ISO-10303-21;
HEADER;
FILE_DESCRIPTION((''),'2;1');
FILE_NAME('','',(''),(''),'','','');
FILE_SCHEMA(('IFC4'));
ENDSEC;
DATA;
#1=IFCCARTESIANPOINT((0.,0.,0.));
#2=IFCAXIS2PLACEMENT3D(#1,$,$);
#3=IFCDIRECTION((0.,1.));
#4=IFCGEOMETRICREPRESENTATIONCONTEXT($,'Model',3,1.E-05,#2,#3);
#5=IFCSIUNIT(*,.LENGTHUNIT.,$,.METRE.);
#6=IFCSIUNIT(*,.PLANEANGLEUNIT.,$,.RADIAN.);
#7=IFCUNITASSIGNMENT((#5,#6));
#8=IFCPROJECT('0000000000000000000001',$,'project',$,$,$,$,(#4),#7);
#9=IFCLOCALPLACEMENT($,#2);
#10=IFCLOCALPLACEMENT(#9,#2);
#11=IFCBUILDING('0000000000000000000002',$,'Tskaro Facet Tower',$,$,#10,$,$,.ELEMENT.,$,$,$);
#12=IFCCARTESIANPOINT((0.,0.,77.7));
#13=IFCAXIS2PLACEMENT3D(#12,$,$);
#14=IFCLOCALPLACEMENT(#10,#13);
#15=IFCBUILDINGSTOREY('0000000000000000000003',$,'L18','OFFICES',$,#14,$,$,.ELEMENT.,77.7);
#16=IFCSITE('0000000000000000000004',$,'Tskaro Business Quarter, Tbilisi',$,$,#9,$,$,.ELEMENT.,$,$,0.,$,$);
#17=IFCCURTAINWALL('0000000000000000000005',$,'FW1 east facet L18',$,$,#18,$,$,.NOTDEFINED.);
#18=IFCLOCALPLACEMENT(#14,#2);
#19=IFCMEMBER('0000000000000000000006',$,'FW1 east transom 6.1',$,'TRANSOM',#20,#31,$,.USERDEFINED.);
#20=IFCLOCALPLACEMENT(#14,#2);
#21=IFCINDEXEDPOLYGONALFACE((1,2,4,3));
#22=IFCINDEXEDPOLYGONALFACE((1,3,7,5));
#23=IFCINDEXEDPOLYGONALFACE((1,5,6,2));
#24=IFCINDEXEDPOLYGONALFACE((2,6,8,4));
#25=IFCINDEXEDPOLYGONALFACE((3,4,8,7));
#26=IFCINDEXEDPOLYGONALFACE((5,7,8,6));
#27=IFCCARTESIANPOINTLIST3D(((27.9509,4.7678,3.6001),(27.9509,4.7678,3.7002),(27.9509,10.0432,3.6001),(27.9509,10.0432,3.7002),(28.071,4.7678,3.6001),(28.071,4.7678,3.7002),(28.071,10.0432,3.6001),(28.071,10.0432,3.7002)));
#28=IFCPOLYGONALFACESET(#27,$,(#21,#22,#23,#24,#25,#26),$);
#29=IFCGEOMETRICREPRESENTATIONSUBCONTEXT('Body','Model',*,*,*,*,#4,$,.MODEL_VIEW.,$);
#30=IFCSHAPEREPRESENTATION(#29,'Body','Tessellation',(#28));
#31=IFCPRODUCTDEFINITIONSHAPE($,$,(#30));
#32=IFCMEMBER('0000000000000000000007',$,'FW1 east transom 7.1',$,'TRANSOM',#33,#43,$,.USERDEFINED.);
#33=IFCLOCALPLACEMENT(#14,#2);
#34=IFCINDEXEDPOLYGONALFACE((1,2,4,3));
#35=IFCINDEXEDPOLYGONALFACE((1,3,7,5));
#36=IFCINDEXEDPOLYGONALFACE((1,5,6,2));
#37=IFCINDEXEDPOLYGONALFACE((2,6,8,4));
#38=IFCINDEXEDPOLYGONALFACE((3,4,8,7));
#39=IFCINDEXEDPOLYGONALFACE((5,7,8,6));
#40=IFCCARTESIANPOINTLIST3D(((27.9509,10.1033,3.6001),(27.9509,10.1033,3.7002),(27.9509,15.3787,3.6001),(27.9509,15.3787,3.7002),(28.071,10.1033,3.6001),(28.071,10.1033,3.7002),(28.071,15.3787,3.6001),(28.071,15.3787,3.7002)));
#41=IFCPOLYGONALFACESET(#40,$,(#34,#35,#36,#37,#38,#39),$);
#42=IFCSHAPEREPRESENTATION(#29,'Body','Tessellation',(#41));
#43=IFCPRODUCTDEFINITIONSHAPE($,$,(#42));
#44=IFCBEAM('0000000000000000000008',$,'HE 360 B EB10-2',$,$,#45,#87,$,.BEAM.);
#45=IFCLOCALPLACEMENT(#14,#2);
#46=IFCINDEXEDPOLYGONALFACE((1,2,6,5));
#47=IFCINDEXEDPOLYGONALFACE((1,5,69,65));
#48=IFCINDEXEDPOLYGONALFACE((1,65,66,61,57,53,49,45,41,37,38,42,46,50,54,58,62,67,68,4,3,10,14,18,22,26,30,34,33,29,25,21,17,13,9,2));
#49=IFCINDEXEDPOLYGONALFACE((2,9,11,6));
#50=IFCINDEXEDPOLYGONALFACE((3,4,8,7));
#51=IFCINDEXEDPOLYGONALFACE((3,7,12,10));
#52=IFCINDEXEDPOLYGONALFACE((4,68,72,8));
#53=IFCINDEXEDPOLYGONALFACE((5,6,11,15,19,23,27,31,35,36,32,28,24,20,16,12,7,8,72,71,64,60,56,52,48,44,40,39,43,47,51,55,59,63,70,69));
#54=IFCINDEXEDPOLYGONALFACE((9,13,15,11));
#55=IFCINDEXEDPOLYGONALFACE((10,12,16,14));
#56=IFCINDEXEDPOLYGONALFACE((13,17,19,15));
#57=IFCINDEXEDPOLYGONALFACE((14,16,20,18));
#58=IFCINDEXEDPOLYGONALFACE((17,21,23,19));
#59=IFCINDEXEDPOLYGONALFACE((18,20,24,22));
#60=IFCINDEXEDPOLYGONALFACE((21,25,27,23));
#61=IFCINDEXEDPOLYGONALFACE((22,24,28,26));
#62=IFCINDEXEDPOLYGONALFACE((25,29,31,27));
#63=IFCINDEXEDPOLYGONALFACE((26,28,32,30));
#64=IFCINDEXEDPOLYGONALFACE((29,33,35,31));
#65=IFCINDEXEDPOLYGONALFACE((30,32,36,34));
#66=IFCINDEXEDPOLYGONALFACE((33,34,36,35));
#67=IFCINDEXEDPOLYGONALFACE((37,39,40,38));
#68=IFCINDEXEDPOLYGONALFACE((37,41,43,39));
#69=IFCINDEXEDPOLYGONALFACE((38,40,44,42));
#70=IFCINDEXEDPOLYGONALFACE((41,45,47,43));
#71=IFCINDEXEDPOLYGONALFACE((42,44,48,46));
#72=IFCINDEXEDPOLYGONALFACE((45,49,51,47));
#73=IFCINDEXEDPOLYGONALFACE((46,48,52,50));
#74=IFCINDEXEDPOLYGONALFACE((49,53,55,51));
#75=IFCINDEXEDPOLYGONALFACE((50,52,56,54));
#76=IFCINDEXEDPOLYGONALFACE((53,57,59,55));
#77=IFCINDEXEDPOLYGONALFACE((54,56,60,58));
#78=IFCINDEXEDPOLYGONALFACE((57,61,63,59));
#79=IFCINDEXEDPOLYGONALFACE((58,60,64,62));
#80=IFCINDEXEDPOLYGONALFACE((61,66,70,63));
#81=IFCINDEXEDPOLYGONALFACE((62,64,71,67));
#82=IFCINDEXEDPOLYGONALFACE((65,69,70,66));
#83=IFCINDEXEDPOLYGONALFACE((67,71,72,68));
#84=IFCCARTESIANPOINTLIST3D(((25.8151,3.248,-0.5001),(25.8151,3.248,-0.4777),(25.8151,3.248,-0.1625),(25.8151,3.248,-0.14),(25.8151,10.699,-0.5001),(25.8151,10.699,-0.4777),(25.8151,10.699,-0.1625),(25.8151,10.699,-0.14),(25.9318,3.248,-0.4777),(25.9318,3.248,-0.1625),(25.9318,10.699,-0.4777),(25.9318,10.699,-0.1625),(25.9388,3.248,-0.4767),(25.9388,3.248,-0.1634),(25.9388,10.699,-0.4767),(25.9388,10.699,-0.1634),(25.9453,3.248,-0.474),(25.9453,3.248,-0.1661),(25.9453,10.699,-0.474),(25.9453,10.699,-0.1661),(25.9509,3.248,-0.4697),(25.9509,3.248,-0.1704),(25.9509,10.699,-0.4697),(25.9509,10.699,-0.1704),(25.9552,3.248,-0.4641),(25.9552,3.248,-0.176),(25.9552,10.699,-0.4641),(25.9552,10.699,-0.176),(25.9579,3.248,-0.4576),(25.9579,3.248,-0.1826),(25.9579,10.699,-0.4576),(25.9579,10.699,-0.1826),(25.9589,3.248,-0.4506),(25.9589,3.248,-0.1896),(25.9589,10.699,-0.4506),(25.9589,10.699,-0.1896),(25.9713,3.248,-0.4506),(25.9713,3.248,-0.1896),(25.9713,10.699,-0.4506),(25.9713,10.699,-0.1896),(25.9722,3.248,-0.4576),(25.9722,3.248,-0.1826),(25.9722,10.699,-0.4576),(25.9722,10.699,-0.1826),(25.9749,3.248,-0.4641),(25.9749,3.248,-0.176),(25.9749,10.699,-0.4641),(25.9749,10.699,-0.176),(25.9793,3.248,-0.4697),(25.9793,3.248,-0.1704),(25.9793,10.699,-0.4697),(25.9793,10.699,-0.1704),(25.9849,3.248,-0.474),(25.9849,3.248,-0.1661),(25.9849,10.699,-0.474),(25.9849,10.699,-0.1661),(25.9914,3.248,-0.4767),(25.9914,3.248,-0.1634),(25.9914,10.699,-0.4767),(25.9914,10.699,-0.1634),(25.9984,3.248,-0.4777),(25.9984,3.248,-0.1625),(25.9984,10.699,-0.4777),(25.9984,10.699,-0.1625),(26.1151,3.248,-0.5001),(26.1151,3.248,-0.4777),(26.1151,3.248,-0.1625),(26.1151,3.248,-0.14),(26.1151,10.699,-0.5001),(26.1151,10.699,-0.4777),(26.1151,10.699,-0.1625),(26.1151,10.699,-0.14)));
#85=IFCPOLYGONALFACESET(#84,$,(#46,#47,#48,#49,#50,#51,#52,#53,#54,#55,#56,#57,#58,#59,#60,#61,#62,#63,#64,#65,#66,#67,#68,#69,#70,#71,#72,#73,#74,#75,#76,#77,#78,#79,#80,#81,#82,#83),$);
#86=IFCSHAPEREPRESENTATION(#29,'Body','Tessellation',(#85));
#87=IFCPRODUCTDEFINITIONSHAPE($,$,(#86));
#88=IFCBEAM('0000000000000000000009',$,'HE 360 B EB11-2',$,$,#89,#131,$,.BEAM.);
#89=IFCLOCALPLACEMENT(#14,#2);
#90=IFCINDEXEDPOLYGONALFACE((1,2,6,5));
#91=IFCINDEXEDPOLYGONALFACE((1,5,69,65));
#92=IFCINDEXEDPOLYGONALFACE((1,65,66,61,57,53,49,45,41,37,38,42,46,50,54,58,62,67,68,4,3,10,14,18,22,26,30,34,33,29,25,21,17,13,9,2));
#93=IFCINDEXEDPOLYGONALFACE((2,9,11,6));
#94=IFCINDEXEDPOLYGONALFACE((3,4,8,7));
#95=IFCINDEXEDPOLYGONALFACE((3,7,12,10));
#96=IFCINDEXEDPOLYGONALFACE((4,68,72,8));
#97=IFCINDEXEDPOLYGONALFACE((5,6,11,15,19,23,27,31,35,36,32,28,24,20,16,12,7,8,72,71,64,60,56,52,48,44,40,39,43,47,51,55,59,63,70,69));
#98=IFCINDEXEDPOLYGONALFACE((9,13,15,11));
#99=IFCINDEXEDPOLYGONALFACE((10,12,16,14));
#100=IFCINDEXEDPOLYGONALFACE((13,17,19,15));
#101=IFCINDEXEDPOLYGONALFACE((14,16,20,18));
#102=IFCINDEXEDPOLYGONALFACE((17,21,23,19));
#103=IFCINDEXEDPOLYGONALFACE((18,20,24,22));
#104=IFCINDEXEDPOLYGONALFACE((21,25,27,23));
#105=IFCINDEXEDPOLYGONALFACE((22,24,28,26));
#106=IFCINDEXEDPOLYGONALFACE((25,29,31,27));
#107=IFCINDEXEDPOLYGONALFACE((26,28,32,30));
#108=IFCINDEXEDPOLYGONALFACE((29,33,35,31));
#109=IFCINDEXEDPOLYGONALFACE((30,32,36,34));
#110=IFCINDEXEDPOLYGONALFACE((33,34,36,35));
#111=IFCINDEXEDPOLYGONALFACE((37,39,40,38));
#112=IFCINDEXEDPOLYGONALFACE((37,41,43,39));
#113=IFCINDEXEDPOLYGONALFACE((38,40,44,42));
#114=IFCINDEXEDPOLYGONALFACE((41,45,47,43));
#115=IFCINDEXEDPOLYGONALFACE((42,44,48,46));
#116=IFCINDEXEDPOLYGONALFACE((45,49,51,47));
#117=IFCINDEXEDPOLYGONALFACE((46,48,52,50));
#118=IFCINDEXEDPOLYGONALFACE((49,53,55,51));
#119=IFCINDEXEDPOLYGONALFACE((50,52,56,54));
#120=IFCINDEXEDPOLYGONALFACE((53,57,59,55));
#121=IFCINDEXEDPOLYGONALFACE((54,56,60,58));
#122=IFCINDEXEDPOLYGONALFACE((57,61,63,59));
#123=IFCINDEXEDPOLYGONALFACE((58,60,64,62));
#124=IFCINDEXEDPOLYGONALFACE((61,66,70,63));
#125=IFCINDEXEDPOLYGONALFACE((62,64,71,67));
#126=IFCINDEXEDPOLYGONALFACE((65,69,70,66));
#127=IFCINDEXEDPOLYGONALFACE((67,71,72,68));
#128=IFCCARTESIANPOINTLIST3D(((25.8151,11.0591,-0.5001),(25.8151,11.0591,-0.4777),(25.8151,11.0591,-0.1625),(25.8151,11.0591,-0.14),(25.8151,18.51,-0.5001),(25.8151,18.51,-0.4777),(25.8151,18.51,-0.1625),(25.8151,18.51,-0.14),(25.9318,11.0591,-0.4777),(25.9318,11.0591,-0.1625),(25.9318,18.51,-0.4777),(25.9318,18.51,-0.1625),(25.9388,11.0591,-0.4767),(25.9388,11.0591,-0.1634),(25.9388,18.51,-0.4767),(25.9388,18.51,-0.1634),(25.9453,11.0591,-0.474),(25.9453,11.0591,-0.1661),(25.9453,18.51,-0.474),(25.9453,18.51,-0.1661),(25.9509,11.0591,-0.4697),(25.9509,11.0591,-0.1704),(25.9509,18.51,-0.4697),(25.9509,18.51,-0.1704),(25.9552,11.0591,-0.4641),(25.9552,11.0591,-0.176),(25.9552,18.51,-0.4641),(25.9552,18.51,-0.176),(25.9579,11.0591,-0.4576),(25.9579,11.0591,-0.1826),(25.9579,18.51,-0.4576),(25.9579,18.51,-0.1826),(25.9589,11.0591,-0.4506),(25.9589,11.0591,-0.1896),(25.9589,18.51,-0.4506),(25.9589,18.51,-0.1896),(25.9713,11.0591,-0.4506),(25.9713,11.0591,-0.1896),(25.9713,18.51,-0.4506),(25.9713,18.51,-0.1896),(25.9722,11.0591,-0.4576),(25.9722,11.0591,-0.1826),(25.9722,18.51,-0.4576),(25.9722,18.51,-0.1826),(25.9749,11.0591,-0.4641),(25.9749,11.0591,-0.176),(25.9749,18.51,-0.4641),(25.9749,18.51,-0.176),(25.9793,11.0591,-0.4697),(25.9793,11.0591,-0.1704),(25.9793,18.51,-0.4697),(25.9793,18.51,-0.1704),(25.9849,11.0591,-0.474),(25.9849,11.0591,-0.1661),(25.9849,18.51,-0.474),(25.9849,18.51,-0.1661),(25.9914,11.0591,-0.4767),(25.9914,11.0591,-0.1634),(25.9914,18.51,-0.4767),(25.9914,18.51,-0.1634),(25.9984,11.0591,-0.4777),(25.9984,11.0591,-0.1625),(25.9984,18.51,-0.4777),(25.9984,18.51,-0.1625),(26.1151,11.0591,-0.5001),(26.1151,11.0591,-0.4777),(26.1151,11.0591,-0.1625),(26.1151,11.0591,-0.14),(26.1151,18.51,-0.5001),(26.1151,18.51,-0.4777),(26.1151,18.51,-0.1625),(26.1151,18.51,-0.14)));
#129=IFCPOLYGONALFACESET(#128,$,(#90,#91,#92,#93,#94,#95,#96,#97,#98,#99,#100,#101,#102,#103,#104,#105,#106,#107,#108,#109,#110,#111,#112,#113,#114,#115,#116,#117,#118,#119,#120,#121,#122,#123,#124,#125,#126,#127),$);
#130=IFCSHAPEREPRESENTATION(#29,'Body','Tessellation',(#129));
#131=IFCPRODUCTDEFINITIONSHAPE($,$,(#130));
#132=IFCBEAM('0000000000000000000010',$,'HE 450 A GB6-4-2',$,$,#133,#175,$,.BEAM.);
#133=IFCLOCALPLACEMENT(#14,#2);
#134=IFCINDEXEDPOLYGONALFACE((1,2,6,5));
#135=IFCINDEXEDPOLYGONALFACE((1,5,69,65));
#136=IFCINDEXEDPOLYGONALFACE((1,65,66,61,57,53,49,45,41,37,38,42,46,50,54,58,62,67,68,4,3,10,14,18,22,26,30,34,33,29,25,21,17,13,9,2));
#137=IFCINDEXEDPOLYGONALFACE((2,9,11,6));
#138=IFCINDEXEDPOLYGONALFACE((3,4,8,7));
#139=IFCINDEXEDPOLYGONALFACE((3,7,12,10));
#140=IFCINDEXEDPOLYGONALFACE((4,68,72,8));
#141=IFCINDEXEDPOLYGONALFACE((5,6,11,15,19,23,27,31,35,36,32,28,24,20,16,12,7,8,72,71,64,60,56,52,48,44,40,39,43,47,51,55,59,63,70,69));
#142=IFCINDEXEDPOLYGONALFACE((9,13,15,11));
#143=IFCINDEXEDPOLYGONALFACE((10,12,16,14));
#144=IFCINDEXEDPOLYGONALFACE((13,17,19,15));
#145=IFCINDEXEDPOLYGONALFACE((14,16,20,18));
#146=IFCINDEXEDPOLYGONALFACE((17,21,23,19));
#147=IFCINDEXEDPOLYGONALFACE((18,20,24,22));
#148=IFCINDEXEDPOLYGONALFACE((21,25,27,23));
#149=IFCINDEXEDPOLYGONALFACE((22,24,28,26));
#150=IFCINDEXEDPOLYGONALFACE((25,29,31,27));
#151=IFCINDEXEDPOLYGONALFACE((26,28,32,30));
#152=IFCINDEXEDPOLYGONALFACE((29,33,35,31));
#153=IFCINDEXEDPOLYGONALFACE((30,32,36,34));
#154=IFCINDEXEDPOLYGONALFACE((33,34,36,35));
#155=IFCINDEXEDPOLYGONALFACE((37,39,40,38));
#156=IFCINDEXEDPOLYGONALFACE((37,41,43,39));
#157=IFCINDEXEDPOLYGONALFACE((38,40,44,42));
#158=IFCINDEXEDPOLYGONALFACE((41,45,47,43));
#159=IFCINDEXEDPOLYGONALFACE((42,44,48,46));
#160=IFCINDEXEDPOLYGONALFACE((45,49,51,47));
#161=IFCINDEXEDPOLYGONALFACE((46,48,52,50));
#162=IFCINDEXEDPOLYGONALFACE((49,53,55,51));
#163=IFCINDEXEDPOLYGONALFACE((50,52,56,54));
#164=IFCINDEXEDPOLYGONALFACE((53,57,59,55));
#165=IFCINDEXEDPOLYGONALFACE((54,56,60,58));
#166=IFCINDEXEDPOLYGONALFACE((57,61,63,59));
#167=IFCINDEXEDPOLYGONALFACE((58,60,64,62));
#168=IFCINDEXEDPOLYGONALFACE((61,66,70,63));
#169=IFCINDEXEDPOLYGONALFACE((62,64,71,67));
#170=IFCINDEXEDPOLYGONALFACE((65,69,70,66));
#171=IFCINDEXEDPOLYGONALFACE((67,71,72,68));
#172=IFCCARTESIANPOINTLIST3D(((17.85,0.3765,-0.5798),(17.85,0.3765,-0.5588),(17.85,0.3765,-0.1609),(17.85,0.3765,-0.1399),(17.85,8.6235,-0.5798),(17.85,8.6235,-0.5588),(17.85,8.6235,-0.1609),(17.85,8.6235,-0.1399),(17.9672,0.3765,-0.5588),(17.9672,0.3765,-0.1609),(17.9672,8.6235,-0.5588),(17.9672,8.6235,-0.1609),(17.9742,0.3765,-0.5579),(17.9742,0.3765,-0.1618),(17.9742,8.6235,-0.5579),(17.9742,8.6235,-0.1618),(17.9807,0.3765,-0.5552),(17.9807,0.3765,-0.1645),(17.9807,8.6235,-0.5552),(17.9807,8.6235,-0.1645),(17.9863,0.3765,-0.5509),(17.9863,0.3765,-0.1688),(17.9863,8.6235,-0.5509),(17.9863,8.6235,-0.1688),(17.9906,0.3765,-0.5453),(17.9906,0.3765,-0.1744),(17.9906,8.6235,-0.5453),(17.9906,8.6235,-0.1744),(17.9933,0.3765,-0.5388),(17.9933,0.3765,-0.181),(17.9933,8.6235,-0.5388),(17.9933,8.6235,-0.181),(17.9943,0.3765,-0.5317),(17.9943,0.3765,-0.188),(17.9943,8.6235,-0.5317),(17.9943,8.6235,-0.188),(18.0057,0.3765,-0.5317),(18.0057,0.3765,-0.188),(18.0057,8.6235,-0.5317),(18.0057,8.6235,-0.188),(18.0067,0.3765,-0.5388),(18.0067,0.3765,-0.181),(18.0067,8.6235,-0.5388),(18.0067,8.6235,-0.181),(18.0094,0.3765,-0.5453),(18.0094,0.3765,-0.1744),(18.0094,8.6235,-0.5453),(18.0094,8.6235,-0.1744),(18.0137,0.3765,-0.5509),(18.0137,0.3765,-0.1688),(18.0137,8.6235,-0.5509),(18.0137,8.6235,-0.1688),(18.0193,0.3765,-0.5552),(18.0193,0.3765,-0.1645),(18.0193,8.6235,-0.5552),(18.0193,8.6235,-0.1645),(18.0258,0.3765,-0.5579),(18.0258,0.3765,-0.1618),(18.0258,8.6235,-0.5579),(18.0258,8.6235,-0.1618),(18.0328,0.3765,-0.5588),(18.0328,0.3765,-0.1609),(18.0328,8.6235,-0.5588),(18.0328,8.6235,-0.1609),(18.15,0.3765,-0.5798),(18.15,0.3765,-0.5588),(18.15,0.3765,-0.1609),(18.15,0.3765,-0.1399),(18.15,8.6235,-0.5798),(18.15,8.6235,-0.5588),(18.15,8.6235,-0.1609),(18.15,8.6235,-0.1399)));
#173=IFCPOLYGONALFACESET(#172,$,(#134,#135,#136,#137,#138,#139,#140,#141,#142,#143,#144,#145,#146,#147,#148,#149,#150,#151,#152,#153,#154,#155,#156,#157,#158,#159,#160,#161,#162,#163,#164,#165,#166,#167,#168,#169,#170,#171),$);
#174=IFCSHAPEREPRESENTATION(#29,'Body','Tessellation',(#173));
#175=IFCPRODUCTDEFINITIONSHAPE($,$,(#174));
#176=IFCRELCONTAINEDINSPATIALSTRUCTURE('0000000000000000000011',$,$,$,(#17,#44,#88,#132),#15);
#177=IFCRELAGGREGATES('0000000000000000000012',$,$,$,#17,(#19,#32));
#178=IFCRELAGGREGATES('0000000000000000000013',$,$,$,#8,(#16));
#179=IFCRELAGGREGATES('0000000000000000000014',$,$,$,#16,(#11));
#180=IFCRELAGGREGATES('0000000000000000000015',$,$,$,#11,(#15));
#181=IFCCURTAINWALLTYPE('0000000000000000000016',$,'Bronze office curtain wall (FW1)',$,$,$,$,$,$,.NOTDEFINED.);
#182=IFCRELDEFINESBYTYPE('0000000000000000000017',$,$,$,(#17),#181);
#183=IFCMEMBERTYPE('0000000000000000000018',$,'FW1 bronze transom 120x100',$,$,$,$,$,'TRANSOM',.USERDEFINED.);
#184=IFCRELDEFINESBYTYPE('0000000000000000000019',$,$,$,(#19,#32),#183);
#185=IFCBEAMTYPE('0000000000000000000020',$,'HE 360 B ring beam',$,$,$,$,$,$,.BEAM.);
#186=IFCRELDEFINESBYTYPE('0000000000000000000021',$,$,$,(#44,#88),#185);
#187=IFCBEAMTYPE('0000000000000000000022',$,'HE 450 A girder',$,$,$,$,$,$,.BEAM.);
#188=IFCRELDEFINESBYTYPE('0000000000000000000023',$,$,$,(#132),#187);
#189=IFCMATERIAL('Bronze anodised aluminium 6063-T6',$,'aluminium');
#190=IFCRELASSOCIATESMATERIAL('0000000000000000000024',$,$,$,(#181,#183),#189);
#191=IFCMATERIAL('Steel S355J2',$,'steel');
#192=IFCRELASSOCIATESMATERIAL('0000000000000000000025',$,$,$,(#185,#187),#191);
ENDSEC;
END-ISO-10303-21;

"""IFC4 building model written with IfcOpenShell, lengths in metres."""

from ifc_helpers import new_model, si_unit, direction, frame, origin, origin_2d, place, context, subcontext, project, spatial, rectangle, i_section, extrude, material, material_profile, profile_set, type_object, element, aggregate, save


model = new_model("IFC4")

# Units and contexts
model_context = context("Model", 3, precision=1e-05, world=origin(), true_north=direction((0.0, 1.0)))
body_context = subcontext(model_context, "Body", "Model", "MODEL_VIEW")
ifc_project = project(units=[si_unit("LENGTHUNIT", "METRE"), si_unit("PLANEANGLEUNIT", "RADIAN")], contexts=[model_context])

# Site, building, storey
site_placement = place(None, origin())
site = spatial("IfcSite", under=ifc_project, at=site_placement, Name="Tskaro Business Quarter, Tbilisi", CompositionType="ELEMENT", RefElevation=0.0)
building_placement = place(site_placement, origin())
building = spatial("IfcBuilding", under=site, at=building_placement, Name="Tskaro Facet Tower", CompositionType="ELEMENT")
storey_placement = place(building_placement, frame((0.0, 0.0, 77.7)))
storey = spatial("IfcBuildingStorey", under=building, at=storey_placement, Name="L18", Description="OFFICES", CompositionType="ELEMENT", Elevation=77.7)

# Curtain wall, members
ifc_material_1 = material(Name="Bronze anodised aluminium 6063-T6", Category="aluminium")
curtain_wall_type = type_object("IfcCurtainWallType", Name="Bronze office curtain wall (FW1)", PredefinedType="NOTDEFINED", material=ifc_material_1)
curtain_wall_placement = place(storey_placement, origin())
curtain_wall = element("IfcCurtainWall", 1, at=curtain_wall_placement, inside=storey, type_object=curtain_wall_type, Name="FW1 east facet L18", PredefinedType="NOTDEFINED")
ifc_material_profile_1 = material_profile(ifc_material_1, rectangle(XDim=0.1201, YDim=0.1001, at=origin_2d()), Name="Transom 120x100")
ifc_profile_set_1 = profile_set([ifc_material_profile_1], Name="Bronze anodised aluminium 6063-T6")
member_type_1 = type_object("IfcMemberType", Name="FW1 bronze transom 120x100", ElementType="TRANSOM", PredefinedType="USERDEFINED", material=ifc_profile_set_1)
member_1_placement = place(storey_placement, frame((28.011, 4.7678, 3.6501), z_axis=(0.0, 1.0, 0.0), x_axis=(-1.0, 0.0, 0.0)))
member_1 = element("IfcMember", 2, at=member_1_placement, type_object=member_type_1, Name="FW1 east transom 6.1", ObjectType="TRANSOM", PredefinedType="USERDEFINED", context=body_context, shape_type="SweptSolid", body=[
    extrude(rectangle(XDim=0.1201, YDim=0.1001, at=origin_2d()), origin(), (0.0, 0.0, 1.0), 5.2754),
])
member_2_placement = place(storey_placement, frame((28.011, 10.1033, 3.6501), z_axis=(0.0, 1.0, 0.0), x_axis=(-1.0, 0.0, 0.0)))
member_2 = element("IfcMember", 3, at=member_2_placement, type_object=member_type_1, Name="FW1 east transom 7.1", ObjectType="TRANSOM", PredefinedType="USERDEFINED", context=body_context, shape_type="SweptSolid", body=[
    extrude(rectangle(XDim=0.1201, YDim=0.1001, at=origin_2d()), origin(), (0.0, 0.0, 1.0), 5.2754),
])

# Beams
ifc_material_2 = material(Name="Steel S355J2", Category="steel")
ifc_material_profile_2 = material_profile(ifc_material_2, i_section(OverallWidth=0.3, OverallDepth=0.3601, WebThickness=0.0125, FlangeThickness=0.0225, FilletRadius=0.0271, at=origin_2d()), Name="HE 360 B")
ifc_profile_set_2 = profile_set([ifc_material_profile_2], Name="Steel S355J2")
beam_type_1 = type_object("IfcBeamType", Name="HE 360 B ring beam", PredefinedType="BEAM", material=ifc_profile_set_2)
for number, where, z_axis, x_axis, name in (
    (4, (25.9651, 3.248, -0.3201), (0.0, 1.0, 0.0), (-1.0, 0.0, 0.0), "HE 360 B EB10-2"),
    (5, (25.9651, 11.0591, -0.3201), (0.0, 1.0, 0.0), (-1.0, 0.0, 0.0), "HE 360 B EB11-2"),
):
    element("IfcBeam", number, at=place(storey_placement, frame(where, z_axis=z_axis, x_axis=x_axis)), inside=storey, type_object=beam_type_1, Name=name, PredefinedType="BEAM", context=body_context, shape_type="SweptSolid", body=[
        extrude(i_section(OverallWidth=0.3, OverallDepth=0.3601, WebThickness=0.0125, FlangeThickness=0.0225, FilletRadius=0.0271, at=origin_2d()), origin(), (0.0, 0.0, 1.0), 7.4509),
    ])
ifc_material_profile_3 = material_profile(ifc_material_2, i_section(OverallWidth=0.3, OverallDepth=0.4399, WebThickness=0.0115, FlangeThickness=0.021, FilletRadius=0.0271, at=origin_2d()), Name="HE 450 A")
ifc_profile_set_3 = profile_set([ifc_material_profile_3], Name="Steel S355J2")
beam_type_2 = type_object("IfcBeamType", Name="HE 450 A girder", PredefinedType="BEAM", material=ifc_profile_set_3)
for number, where, z_axis, x_axis, name in (
    (6, (18.0, 0.3765, -0.3599), (0.0, 1.0, 0.0), (-1.0, 0.0, 0.0), "HE 450 A GB6-4-2"),
):
    element("IfcBeam", number, at=place(storey_placement, frame(where, z_axis=z_axis, x_axis=x_axis)), inside=storey, type_object=beam_type_2, Name=name, PredefinedType="BEAM", context=body_context, shape_type="SweptSolid", body=[
        extrude(i_section(OverallWidth=0.3, OverallDepth=0.4399, WebThickness=0.0115, FlangeThickness=0.021, FilletRadius=0.0271, at=origin_2d()), origin(), (0.0, 0.0, 1.0), 8.2471),
    ])

aggregate(curtain_wall, [member_1, member_2])

save(model, "model.ifc")
